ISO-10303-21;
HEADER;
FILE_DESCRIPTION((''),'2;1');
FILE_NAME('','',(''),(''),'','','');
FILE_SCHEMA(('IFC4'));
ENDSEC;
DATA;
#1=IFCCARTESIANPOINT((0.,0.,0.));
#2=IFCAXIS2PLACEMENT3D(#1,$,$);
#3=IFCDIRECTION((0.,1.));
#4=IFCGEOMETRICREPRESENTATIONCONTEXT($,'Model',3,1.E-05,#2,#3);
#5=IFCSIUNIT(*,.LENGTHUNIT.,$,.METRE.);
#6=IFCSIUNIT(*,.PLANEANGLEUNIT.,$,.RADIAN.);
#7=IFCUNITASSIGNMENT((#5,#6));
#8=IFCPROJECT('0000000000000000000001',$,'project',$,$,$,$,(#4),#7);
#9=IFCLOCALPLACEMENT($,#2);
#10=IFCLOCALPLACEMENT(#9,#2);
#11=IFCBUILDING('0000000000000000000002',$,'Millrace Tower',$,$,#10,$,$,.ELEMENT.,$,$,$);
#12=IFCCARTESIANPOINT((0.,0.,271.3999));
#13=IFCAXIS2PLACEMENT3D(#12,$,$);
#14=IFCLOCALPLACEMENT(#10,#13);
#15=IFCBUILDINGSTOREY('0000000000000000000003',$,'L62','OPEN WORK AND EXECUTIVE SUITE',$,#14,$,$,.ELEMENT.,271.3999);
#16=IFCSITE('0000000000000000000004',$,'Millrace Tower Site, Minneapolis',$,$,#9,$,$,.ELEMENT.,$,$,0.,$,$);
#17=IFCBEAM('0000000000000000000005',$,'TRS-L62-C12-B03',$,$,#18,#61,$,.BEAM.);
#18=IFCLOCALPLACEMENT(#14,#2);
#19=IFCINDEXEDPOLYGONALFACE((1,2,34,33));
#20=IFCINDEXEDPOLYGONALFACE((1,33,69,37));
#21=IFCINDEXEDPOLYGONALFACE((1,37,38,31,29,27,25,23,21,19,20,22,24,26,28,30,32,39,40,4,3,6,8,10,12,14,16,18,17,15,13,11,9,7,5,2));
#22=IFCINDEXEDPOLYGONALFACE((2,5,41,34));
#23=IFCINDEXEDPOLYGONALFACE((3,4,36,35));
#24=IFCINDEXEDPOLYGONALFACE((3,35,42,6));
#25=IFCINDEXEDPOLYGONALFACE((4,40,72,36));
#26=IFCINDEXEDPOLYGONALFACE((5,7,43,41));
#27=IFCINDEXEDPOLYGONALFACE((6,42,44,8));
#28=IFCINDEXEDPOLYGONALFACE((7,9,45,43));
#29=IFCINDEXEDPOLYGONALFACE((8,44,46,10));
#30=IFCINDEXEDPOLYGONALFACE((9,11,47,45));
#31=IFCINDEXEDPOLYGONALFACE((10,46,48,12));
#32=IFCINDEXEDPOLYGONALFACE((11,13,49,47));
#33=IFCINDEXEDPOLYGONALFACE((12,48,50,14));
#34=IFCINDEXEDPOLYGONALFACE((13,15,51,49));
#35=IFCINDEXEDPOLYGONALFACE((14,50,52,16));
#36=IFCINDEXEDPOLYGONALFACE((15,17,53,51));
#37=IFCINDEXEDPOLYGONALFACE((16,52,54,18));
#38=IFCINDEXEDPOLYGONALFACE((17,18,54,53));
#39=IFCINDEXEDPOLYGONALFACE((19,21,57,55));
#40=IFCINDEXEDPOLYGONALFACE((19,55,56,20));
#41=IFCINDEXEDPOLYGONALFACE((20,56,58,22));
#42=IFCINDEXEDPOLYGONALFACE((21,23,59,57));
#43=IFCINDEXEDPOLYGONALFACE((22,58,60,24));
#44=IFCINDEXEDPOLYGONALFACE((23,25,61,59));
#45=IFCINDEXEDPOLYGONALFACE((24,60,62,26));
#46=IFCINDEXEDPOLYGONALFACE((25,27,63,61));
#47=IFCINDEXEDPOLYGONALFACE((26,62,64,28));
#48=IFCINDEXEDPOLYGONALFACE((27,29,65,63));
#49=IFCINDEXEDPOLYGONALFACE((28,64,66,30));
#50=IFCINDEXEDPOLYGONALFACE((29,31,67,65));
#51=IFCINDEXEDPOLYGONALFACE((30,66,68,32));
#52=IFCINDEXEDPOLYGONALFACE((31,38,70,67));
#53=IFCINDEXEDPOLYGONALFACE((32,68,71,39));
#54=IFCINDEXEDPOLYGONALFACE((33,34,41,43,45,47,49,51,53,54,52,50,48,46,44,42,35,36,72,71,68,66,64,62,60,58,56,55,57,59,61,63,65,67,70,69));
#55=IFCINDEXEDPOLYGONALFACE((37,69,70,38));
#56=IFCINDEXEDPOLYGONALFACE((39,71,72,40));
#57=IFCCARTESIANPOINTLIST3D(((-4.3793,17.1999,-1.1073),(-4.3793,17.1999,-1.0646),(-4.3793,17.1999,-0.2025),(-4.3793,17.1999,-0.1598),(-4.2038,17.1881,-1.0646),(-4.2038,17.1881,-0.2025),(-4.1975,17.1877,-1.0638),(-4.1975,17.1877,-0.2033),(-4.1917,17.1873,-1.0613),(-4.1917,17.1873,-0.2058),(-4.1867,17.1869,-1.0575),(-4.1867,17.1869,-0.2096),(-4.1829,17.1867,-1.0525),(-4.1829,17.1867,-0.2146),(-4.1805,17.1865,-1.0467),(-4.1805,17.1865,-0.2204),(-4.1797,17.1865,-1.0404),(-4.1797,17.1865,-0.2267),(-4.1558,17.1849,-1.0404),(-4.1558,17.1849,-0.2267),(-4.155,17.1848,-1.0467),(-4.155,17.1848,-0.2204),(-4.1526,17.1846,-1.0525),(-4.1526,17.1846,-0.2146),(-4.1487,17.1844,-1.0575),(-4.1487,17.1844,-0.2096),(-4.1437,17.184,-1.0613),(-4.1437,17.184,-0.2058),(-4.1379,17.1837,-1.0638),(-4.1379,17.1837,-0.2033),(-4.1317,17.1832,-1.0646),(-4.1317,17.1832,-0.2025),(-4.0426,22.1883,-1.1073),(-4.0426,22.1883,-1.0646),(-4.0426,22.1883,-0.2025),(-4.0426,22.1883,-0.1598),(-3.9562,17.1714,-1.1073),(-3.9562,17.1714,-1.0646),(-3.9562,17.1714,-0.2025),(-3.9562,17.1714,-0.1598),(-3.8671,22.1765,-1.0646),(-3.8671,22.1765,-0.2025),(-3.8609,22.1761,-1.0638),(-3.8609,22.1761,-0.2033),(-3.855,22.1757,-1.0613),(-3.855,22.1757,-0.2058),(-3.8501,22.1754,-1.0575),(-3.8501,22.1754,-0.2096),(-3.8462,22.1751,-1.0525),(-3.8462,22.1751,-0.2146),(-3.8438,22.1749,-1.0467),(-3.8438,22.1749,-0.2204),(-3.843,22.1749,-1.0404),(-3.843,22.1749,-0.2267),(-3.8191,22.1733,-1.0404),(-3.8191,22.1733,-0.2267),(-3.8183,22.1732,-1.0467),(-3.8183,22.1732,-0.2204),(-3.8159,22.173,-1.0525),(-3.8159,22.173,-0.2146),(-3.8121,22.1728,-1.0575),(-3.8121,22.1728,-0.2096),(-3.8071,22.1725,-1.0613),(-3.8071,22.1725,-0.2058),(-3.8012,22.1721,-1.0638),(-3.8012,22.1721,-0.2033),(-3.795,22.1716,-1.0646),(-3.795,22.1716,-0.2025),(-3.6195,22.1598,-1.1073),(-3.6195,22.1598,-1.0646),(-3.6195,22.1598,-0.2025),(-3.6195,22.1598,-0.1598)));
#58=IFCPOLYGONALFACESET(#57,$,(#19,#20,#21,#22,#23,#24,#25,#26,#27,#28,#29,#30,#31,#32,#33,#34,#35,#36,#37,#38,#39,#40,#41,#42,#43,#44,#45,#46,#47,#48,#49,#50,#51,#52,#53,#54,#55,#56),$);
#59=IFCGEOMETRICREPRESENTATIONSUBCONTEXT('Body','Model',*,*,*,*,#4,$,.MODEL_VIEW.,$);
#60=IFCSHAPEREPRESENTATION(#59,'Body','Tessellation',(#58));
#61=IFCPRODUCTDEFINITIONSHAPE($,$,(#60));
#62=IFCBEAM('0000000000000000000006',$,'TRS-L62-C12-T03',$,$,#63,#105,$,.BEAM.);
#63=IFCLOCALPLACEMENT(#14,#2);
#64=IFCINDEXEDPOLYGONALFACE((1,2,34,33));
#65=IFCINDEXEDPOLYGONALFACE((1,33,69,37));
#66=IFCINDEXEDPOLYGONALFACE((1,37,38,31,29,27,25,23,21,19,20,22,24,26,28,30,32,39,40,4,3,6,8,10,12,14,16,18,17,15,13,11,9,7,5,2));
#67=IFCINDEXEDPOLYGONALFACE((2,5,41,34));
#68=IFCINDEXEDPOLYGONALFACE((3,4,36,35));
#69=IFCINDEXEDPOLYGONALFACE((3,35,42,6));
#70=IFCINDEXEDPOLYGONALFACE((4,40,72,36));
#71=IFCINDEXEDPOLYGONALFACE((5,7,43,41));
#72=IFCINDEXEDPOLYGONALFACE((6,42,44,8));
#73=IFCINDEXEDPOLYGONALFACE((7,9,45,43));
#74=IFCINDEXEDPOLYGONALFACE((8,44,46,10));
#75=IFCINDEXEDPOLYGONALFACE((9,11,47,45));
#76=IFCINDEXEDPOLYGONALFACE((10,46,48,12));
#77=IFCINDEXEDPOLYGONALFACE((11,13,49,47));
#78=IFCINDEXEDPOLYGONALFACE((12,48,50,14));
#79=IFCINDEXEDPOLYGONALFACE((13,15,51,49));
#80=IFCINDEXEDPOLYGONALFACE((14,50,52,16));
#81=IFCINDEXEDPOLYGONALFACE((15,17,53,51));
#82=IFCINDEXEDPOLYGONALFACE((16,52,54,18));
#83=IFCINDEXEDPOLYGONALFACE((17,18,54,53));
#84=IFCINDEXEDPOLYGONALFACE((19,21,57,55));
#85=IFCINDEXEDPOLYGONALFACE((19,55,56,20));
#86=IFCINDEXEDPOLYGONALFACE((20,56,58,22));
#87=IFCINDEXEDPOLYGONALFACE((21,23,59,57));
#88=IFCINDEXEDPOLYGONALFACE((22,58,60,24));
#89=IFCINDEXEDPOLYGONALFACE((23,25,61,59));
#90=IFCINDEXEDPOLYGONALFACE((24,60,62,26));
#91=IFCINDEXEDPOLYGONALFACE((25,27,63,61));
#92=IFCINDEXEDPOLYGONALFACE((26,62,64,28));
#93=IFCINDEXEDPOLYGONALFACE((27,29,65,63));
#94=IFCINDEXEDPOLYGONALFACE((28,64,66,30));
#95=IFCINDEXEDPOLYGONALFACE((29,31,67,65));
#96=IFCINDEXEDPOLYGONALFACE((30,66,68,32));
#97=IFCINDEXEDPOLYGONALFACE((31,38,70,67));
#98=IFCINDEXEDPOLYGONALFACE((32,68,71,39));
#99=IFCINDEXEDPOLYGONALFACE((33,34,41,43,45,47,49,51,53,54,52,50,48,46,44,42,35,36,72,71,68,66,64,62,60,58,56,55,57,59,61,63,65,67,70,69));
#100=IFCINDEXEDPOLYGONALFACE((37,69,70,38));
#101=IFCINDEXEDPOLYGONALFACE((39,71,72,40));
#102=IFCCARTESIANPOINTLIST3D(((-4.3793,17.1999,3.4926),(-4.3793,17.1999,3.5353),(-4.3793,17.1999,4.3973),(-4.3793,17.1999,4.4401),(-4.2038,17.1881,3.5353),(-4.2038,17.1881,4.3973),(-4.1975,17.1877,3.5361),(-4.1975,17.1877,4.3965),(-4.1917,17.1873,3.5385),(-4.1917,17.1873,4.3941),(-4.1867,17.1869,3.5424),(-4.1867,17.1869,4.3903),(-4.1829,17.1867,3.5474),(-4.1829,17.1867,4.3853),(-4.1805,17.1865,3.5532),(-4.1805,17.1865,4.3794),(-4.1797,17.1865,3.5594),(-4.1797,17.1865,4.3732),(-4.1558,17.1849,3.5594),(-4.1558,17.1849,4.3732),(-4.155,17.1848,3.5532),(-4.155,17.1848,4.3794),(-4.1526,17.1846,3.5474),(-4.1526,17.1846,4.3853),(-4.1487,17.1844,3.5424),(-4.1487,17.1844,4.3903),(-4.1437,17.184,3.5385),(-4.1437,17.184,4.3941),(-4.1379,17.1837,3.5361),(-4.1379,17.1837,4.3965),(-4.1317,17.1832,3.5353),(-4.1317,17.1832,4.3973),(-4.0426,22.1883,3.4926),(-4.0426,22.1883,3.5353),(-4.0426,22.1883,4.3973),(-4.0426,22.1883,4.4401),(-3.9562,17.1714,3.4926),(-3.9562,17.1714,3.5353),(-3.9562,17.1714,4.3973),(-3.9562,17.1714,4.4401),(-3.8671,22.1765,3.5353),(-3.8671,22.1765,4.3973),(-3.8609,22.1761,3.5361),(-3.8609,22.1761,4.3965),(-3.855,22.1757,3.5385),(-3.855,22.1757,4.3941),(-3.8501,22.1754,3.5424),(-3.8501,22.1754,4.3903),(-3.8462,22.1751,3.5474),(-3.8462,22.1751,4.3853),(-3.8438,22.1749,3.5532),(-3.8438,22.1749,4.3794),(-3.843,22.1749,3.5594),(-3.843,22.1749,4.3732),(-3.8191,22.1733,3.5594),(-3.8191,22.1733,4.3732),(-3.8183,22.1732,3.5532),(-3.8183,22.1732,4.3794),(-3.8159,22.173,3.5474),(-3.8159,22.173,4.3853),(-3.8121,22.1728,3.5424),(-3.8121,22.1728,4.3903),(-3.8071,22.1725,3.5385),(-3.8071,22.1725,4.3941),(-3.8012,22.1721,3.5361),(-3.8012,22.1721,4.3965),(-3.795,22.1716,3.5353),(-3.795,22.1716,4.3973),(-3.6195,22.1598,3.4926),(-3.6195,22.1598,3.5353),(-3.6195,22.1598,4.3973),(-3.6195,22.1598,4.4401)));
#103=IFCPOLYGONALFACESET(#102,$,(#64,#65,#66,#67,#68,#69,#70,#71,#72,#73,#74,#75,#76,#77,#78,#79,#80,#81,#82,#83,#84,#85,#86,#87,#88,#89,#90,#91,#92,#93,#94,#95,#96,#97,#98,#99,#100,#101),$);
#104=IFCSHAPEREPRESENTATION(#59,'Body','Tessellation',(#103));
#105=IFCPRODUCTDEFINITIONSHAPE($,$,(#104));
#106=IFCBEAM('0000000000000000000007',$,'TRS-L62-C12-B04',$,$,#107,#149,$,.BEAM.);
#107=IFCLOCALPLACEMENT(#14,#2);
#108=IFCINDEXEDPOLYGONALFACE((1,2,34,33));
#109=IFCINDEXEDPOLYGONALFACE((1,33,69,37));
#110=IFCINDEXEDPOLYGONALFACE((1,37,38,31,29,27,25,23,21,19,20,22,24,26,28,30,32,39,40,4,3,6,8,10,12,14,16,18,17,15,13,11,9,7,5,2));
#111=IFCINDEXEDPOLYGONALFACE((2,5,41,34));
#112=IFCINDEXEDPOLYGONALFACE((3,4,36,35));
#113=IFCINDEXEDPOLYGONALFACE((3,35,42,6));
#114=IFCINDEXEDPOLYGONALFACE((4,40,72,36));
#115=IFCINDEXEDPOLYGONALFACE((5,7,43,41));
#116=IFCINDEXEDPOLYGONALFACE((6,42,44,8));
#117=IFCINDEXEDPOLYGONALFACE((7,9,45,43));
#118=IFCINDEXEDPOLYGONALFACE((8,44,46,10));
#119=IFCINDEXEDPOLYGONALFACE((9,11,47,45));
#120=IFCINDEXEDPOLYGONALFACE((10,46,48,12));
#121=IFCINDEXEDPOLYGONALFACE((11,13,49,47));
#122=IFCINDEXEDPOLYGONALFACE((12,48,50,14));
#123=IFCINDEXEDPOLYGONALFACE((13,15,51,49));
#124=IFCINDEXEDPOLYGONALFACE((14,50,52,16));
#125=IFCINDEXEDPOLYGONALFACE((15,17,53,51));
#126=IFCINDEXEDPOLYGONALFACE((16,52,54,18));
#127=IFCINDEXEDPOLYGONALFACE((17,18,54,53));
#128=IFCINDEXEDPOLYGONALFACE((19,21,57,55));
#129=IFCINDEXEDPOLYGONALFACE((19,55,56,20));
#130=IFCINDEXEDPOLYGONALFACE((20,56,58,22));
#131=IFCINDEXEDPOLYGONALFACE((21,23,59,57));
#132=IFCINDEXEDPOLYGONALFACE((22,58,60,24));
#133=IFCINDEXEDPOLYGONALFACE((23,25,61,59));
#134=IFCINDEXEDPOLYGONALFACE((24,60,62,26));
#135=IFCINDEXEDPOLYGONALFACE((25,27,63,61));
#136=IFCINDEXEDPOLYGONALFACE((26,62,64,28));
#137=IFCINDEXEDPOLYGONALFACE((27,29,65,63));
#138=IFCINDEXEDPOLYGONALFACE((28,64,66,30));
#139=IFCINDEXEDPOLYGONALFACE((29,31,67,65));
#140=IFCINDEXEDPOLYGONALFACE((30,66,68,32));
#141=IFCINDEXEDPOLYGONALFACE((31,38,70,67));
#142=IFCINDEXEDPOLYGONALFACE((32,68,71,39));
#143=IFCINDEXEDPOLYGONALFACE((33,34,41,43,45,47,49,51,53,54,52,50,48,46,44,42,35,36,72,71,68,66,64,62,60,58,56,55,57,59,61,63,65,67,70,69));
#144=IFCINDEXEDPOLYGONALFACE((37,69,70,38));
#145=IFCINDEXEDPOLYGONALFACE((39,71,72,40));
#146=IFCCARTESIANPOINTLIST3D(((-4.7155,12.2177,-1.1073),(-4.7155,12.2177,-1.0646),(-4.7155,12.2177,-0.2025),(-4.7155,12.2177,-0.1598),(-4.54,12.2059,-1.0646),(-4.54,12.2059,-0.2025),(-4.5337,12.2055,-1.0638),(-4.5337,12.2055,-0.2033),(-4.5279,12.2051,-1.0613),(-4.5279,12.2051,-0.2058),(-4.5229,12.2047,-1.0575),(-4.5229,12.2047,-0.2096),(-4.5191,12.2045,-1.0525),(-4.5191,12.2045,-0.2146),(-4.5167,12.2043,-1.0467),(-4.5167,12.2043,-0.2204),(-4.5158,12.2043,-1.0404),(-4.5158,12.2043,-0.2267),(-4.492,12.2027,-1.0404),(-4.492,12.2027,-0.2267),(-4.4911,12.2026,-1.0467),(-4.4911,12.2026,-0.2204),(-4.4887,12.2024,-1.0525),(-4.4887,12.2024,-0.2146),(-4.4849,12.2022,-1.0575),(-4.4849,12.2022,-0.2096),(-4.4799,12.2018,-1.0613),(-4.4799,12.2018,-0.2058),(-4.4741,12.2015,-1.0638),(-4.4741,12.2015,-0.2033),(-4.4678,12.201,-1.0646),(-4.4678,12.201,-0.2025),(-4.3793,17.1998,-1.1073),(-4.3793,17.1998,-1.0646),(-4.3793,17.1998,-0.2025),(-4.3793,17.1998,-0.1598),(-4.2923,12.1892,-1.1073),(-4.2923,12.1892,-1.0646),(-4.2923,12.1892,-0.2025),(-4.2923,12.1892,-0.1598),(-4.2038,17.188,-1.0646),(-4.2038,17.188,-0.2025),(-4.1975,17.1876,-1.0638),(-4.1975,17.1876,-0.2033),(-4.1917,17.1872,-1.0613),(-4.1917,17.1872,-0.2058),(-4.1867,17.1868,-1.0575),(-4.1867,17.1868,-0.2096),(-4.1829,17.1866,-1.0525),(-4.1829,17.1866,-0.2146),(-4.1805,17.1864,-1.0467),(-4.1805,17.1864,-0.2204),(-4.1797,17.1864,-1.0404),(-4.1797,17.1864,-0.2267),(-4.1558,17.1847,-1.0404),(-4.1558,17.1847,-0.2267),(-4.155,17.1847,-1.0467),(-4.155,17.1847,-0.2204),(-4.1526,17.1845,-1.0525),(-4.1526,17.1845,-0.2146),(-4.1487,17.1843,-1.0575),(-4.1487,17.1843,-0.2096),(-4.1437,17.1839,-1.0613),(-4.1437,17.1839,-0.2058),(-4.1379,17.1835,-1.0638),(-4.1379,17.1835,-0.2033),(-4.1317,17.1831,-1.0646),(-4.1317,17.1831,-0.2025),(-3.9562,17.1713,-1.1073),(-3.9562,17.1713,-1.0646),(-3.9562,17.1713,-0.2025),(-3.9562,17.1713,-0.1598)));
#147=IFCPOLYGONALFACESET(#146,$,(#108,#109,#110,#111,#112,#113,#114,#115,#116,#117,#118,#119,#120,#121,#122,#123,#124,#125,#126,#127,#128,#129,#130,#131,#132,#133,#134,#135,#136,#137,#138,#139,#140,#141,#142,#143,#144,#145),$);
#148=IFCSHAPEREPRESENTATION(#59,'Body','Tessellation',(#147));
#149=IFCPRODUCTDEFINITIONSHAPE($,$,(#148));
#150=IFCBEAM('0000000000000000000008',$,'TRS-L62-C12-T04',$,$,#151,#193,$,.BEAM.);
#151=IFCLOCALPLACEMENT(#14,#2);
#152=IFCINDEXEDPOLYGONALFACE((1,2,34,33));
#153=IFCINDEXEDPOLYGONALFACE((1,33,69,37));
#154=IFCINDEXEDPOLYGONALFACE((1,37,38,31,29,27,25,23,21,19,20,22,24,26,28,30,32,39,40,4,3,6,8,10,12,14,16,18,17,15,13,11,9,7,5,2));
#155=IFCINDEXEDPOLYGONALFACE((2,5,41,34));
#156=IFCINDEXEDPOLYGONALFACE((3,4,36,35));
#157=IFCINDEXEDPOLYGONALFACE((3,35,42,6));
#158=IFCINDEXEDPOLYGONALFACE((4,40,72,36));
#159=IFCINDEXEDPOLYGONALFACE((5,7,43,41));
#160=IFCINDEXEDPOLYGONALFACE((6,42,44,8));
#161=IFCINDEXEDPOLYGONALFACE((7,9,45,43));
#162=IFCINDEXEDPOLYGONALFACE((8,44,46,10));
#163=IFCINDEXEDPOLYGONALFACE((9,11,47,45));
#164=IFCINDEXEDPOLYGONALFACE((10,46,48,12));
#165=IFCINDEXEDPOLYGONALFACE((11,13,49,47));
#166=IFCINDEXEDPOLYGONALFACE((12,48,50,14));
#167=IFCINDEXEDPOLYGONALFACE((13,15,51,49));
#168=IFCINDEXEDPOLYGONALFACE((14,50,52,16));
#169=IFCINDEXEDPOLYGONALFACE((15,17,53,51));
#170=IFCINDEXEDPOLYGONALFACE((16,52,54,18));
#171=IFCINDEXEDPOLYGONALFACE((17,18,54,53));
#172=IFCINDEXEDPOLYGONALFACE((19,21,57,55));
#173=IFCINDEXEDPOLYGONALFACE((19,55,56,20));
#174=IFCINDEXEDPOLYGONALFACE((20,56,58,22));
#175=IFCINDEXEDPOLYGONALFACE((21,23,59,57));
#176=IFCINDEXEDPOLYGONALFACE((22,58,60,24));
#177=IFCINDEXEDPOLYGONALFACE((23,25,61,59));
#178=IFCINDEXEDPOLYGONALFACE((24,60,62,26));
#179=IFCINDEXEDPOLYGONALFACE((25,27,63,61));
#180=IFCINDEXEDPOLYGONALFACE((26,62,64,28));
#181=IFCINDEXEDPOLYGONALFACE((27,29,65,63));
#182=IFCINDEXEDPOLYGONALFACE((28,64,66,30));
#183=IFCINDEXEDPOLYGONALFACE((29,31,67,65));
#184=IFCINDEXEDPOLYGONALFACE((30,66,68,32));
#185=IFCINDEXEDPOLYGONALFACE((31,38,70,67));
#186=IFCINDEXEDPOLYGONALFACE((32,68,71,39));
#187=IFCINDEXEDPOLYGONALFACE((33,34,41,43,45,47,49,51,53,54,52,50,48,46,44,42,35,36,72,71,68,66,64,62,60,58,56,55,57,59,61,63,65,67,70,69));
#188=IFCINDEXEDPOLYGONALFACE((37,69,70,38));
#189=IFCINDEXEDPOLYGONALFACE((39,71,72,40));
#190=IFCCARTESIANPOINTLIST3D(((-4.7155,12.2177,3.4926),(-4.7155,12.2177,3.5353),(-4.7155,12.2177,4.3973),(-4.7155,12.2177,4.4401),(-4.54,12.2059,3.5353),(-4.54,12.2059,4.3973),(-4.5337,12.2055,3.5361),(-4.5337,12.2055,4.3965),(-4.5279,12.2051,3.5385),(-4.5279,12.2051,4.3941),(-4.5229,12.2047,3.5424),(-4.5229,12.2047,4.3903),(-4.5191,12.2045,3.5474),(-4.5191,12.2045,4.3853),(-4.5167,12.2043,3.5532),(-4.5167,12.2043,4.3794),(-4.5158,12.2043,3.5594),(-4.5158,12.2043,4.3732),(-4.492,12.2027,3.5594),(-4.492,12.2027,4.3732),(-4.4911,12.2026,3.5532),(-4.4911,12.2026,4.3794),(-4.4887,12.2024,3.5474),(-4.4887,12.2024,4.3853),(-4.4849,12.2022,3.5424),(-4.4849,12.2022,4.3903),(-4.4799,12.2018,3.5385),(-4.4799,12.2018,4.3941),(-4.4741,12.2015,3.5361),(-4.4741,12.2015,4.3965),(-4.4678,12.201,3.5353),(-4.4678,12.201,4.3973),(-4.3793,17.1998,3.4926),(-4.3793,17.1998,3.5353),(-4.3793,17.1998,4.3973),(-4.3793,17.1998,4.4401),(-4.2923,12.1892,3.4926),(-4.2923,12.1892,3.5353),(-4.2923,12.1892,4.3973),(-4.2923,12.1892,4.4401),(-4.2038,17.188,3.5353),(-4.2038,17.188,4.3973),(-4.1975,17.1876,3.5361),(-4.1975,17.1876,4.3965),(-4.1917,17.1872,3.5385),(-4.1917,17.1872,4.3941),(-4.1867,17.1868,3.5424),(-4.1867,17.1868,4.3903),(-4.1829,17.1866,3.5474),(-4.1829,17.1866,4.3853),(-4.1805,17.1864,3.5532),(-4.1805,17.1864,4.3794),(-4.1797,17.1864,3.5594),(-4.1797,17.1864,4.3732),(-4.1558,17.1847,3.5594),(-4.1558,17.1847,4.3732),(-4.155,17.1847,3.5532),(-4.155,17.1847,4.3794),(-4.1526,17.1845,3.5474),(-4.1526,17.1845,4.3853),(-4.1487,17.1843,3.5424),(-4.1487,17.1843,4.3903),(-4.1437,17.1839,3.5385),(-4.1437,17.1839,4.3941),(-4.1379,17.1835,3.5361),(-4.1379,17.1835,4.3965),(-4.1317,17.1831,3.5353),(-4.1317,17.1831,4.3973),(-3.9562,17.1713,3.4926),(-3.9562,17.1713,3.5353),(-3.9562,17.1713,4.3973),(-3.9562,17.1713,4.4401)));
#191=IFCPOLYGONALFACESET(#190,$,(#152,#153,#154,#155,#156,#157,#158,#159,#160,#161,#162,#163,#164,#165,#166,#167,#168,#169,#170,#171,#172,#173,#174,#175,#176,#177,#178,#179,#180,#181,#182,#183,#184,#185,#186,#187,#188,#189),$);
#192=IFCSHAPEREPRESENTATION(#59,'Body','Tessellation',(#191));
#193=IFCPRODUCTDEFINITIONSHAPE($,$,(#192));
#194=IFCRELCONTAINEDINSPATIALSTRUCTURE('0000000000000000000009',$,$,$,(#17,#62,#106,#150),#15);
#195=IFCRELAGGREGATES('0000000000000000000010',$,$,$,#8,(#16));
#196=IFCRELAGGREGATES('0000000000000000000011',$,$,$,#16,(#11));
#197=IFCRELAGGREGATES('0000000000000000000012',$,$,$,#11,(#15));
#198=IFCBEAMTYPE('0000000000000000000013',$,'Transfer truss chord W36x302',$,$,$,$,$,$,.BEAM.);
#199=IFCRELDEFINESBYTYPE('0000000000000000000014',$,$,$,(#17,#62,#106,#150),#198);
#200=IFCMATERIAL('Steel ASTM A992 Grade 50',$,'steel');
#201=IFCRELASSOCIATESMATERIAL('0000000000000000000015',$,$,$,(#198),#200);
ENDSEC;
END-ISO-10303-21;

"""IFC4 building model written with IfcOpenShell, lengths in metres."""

from ifc_helpers import new_model, si_unit, direction, frame, origin, origin_2d, place, context, subcontext, project, spatial, i_section, extrude, material, material_profile, profile_set, type_object, element, save


model = new_model("IFC4")

# Units and contexts
model_context = context("Model", 3, precision=1e-05, world=origin(), true_north=direction((0.0, 1.0)))
body_context = subcontext(model_context, "Body", "Model", "MODEL_VIEW")
ifc_project = project(units=[si_unit("LENGTHUNIT", "METRE"), si_unit("PLANEANGLEUNIT", "RADIAN")], contexts=[model_context])

# Site, building, storey
site_placement = place(None, origin())
site = spatial("IfcSite", under=ifc_project, at=site_placement, Name="Millrace Tower Site, Minneapolis", CompositionType="ELEMENT", RefElevation=0.0)
building_placement = place(site_placement, origin())
building = spatial("IfcBuilding", under=site, at=building_placement, Name="Millrace Tower", CompositionType="ELEMENT")
storey_placement = place(building_placement, frame((0.0, 0.0, 271.3999)))
storey = spatial("IfcBuildingStorey", under=building, at=storey_placement, Name="L62", Description="OPEN WORK AND EXECUTIVE SUITE", CompositionType="ELEMENT", Elevation=271.3999)

# Beams
ifc_material_1 = material(Name="Steel ASTM A992 Grade 50", Category="steel")
ifc_material_profile_1 = material_profile(ifc_material_1, i_section(OverallWidth=0.4241, OverallDepth=0.9475, WebThickness=0.0239, FlangeThickness=0.0427, FilletRadius=0.0242, at=origin_2d()))
ifc_profile_set_1 = profile_set([ifc_material_profile_1], Name="Steel ASTM A992 Grade 50")
beam_type_1 = type_object("IfcBeamType", Name="Transfer truss chord W36x302", PredefinedType="BEAM", material=ifc_profile_set_1)
for number, where, z_axis, x_axis, name in (
    (1, (-3.8311, 22.1741, -0.6335), (-0.067336, -0.99773, 0.0), (0.99773, -0.067336, 0.0), "TRS-L62-C12-B03"),
    (2, (-3.8311, 22.1741, 3.9663), (-0.067336, -0.99773, 0.0), (0.99773, -0.067336, 0.0), "TRS-L62-C12-T03"),
):
    element("IfcBeam", number, at=place(storey_placement, frame(where, z_axis=z_axis, x_axis=x_axis)), inside=storey, type_object=beam_type_1, Name=name, PredefinedType="BEAM", context=body_context, shape_type="SweptSolid", body=[
        extrude(i_section(OverallWidth=0.4241, OverallDepth=0.9475, WebThickness=0.0239, FlangeThickness=0.0427, FilletRadius=0.0242, at=origin_2d()), origin(), (0.0, 0.0, 1.0), 4.9998),
    ])
for number, where, z_axis, x_axis, name in (
    (3, (-4.1677, 17.1855, -0.6335), (-0.067324, -0.997731, 0.0), (0.997731, -0.067324, 0.0), "TRS-L62-C12-B04"),
    (4, (-4.1677, 17.1855, 3.9663), (-0.067324, -0.997731, 0.0), (0.997731, -0.067324, 0.0), "TRS-L62-C12-T04"),
):
    element("IfcBeam", number, at=place(storey_placement, frame(where, z_axis=z_axis, x_axis=x_axis)), inside=storey, type_object=beam_type_1, Name=name, PredefinedType="BEAM", context=body_context, shape_type="SweptSolid", body=[
        extrude(i_section(OverallWidth=0.4241, OverallDepth=0.9475, WebThickness=0.0239, FlangeThickness=0.0427, FilletRadius=0.0242, at=origin_2d()), origin(), (0.0, 0.0, 1.0), 4.9934),
    ])

save(model, "model.ifc")
